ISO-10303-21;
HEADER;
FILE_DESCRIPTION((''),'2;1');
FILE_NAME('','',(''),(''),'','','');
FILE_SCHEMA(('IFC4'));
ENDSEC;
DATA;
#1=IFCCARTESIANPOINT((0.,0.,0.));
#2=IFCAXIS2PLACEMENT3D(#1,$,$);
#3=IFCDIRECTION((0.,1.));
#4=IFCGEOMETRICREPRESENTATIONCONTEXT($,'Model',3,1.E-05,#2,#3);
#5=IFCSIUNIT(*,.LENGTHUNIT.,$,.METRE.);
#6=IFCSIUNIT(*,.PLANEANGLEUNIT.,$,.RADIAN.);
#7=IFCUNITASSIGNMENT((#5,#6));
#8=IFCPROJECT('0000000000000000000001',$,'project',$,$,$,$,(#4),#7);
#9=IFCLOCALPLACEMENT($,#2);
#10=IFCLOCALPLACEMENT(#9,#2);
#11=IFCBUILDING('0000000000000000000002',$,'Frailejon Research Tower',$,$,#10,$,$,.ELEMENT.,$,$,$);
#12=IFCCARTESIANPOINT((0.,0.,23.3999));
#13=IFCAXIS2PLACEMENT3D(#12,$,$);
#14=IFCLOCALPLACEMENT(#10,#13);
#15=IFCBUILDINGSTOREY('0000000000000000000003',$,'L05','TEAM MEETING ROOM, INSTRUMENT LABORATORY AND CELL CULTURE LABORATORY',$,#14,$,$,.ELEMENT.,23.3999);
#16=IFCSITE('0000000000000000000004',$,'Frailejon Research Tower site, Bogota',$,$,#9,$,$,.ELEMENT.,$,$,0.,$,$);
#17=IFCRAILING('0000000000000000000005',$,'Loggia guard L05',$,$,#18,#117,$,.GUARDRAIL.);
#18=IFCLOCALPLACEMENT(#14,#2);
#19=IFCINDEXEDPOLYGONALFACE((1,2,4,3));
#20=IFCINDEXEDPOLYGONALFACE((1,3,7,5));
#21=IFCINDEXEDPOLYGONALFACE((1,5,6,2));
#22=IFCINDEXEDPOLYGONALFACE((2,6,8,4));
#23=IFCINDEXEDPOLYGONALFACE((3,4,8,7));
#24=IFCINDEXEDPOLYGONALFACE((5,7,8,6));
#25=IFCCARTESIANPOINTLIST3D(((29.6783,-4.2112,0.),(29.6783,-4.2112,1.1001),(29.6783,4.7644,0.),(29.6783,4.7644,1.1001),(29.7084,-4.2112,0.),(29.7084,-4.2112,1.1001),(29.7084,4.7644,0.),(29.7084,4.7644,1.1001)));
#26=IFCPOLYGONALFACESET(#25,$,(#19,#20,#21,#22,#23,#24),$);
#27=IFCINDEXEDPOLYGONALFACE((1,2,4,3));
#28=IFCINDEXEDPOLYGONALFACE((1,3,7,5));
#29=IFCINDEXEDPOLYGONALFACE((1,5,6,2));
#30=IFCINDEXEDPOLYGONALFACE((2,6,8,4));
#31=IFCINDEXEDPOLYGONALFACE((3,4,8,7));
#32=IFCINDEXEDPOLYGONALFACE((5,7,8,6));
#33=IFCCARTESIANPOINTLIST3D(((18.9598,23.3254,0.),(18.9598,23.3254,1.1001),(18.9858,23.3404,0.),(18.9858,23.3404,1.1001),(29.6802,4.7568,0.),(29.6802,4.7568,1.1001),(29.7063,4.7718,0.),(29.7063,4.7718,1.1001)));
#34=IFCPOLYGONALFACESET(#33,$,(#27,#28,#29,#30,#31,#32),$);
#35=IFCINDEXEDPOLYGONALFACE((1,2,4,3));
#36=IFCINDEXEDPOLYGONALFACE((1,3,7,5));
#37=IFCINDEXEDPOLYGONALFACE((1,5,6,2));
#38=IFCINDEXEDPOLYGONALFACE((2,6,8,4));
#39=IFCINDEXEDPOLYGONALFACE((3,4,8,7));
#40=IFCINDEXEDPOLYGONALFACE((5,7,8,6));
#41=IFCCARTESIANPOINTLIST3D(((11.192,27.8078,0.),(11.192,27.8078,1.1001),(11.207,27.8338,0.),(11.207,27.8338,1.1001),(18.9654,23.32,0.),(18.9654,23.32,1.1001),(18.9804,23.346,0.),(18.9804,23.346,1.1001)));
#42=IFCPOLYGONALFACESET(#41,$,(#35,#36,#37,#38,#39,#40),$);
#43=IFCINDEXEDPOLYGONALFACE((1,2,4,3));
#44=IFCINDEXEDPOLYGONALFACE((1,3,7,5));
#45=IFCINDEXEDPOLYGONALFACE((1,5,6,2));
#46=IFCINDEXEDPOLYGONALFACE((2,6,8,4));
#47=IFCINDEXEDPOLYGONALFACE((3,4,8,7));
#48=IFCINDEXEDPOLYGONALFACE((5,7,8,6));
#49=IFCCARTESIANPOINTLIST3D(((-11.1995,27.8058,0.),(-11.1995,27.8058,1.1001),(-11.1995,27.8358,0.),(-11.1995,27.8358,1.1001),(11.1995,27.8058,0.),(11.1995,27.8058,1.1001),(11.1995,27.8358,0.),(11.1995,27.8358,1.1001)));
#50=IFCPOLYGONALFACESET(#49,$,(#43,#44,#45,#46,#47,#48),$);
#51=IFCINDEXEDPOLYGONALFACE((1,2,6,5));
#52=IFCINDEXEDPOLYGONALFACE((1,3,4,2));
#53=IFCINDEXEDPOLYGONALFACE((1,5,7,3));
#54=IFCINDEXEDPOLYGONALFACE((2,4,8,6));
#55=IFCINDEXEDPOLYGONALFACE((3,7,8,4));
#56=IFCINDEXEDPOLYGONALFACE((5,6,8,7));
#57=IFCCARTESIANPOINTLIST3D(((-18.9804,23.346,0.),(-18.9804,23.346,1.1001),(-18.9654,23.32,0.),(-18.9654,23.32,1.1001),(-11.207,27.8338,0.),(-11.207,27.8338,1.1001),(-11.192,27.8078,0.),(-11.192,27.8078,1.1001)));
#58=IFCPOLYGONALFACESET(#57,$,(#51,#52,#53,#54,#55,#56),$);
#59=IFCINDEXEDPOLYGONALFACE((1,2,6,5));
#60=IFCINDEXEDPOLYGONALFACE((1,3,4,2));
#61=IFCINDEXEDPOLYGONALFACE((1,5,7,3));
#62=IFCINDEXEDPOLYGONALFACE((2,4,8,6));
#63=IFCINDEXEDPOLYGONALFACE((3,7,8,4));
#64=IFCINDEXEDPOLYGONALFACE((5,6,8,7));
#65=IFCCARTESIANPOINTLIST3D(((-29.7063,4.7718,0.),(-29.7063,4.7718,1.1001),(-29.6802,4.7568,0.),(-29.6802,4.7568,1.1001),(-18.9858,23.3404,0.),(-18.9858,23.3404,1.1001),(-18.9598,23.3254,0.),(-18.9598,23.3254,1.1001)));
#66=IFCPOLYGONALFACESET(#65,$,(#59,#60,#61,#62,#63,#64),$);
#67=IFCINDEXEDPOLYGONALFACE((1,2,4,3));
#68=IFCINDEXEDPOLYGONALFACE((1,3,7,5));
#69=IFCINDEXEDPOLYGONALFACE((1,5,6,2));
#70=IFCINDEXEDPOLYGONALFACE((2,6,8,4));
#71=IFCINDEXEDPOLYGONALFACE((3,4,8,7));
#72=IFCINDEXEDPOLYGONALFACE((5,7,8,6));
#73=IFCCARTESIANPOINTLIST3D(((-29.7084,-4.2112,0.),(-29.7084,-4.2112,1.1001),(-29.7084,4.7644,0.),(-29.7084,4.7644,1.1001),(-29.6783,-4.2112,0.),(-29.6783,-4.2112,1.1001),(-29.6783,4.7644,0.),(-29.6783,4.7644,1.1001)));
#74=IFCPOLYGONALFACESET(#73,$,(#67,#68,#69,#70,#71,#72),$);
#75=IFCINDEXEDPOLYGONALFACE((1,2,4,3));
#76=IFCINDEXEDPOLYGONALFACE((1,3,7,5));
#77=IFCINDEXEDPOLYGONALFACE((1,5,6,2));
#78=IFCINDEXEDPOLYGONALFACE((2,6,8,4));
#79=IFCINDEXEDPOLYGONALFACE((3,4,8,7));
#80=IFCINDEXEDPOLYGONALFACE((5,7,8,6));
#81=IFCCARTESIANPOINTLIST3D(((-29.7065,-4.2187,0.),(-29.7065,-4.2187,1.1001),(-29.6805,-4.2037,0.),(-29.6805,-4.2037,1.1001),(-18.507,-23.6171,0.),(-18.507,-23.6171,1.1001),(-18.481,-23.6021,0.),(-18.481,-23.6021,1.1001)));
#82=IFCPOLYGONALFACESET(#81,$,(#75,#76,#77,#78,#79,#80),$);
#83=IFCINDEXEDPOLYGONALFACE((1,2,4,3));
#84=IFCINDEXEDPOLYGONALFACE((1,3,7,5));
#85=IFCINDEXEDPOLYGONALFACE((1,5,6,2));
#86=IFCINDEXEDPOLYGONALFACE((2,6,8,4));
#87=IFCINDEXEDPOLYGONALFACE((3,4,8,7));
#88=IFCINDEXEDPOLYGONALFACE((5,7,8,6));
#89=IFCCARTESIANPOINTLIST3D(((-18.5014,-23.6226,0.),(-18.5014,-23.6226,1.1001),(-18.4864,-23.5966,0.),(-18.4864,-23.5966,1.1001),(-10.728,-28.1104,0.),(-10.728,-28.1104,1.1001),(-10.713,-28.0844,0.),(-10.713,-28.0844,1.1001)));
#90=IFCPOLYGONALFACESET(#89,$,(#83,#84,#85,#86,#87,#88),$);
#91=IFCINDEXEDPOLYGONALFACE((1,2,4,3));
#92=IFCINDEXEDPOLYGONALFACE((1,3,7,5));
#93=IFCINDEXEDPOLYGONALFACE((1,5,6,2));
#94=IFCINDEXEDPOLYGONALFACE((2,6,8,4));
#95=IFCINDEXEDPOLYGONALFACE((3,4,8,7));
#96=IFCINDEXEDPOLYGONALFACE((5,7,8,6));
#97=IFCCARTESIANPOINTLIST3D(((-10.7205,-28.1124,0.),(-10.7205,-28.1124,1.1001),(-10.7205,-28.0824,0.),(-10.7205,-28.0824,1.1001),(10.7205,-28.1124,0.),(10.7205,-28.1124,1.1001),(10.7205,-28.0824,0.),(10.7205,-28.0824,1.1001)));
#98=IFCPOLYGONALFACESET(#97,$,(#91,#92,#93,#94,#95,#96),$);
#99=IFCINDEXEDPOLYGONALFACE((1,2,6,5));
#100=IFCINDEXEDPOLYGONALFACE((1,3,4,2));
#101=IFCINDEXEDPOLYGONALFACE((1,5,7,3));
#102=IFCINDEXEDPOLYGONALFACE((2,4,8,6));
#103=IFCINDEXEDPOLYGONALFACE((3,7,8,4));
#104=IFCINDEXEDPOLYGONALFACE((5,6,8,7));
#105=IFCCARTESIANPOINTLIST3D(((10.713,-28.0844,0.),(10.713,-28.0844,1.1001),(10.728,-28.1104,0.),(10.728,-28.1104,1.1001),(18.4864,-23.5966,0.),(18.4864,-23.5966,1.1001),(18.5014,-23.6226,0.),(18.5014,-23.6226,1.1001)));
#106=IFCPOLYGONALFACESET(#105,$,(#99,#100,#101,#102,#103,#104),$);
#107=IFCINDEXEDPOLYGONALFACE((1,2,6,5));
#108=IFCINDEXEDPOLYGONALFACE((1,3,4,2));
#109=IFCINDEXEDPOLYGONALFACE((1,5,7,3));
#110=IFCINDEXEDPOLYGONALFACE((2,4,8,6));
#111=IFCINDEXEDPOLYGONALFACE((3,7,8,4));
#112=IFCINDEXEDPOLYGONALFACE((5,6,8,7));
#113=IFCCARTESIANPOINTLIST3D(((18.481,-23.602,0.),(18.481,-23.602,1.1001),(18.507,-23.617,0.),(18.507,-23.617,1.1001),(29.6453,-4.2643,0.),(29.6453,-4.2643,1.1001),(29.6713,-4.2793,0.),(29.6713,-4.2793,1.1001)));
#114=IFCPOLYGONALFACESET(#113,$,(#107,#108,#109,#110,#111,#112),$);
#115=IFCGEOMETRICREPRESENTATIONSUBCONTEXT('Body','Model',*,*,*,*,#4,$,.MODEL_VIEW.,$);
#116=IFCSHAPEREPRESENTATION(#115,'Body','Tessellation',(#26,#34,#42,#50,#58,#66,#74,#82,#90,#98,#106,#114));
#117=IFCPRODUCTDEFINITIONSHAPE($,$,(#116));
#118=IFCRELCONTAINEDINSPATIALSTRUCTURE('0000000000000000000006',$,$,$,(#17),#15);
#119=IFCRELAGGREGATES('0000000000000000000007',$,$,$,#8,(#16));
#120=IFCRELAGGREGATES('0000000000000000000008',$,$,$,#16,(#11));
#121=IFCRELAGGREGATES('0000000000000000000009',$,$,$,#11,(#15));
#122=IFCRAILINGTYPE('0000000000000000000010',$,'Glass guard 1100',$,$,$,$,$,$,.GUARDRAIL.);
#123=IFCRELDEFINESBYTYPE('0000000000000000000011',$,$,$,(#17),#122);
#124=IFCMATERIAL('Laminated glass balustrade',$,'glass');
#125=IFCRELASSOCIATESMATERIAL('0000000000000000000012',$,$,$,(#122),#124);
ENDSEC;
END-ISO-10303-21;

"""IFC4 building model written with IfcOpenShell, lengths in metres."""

from ifc_helpers import new_model, si_unit, direction, frame, origin, origin_2d, place, context, subcontext, project, spatial, rectangle, extrude, material, type_object, element, save


model = new_model("IFC4")

# Units and contexts
model_context = context("Model", 3, precision=1e-05, world=origin(), true_north=direction((0.0, 1.0)))
body_context = subcontext(model_context, "Body", "Model", "MODEL_VIEW")
ifc_project = project(units=[si_unit("LENGTHUNIT", "METRE"), si_unit("PLANEANGLEUNIT", "RADIAN")], contexts=[model_context])

# Site, building, storey
site_placement = place(None, origin())
site = spatial("IfcSite", under=ifc_project, at=site_placement, Name="Frailejon Research Tower site, Bogota", CompositionType="ELEMENT", RefElevation=0.0)
building_placement = place(site_placement, origin())
building = spatial("IfcBuilding", under=site, at=building_placement, Name="Frailejon Research Tower", CompositionType="ELEMENT")
storey_placement = place(building_placement, frame((0.0, 0.0, 23.3999)))
storey = spatial("IfcBuildingStorey", under=building, at=storey_placement, Name="L05", Description="TEAM MEETING ROOM, INSTRUMENT LABORATORY AND CELL CULTURE LABORATORY", CompositionType="ELEMENT", Elevation=23.3999)

# Railing
ifc_material_1 = material(Name="Laminated glass balustrade", Category="glass")
railing_type = type_object("IfcRailingType", Name="Glass guard 1100", PredefinedType="GUARDRAIL", material=ifc_material_1)
railing_placement = place(storey_placement, frame((29.6934, -4.2112, 0.0)))
element("IfcRailing", 1, at=railing_placement, inside=storey, type_object=railing_type, Name="Loggia guard L05", PredefinedType="GUARDRAIL", context=body_context, shape_type="SweptSolid", body=[
    extrude(rectangle(XDim=8.9756, YDim=0.03, at=origin_2d()), frame((0.0, 4.4878, 0.0), z_axis=(0.0, 0.0, 1.0), x_axis=(0.0, 1.0, 0.0)), (0.0, 0.0, 1.0), 1.1001),
    extrude(rectangle(XDim=21.4412, YDim=0.03, at=origin_2d()), frame((-5.3604, 18.2598, 0.0), z_axis=(0.0, 0.0, 1.0), x_axis=(-0.499995, 0.866028, 0.0)), (0.0, 0.0, 1.0), 1.1001),
    extrude(rectangle(XDim=8.9758, YDim=0.03, at=origin_2d()), frame((-14.6072, 29.7881, 0.0), z_axis=(0.0, 0.0, 1.0), x_axis=(-0.866035, 0.499983, 0.0)), (0.0, 0.0, 1.0), 1.1001),
    extrude(rectangle(XDim=22.3989, YDim=0.03, at=origin_2d()), frame((-29.6934, 32.032, 0.0), z_axis=(0.0, 0.0, 1.0), x_axis=(-1.0, 0.0, 0.0)), (0.0, 0.0, 1.0), 1.1001),
    extrude(rectangle(XDim=8.9758, YDim=0.03, at=origin_2d()), frame((-44.7795, 29.7881, 0.0), z_axis=(0.0, 0.0, 1.0), x_axis=(-0.866035, -0.499983, 0.0)), (0.0, 0.0, 1.0), 1.1001),
    extrude(rectangle(XDim=21.4412, YDim=0.03, at=origin_2d()), frame((-54.0264, 18.2598, 0.0), z_axis=(0.0, 0.0, 1.0), x_axis=(-0.499995, -0.866028, 0.0)), (0.0, 0.0, 1.0), 1.1001),
    extrude(rectangle(XDim=8.9756, YDim=0.03, at=origin_2d()), frame((-59.3867, 4.4878, 0.0), z_axis=(0.0, 0.0, 1.0), x_axis=(0.0, -1.0, 0.0)), (0.0, 0.0, 1.0), 1.1001),
    extrude(rectangle(XDim=22.3992, YDim=0.03, at=origin_2d()), frame((-53.7871, -9.6992, 0.0), z_axis=(0.0, 0.0, 1.0), x_axis=(0.499992, -0.86603, 0.0)), (0.0, 0.0, 1.0), 1.1001),
    extrude(rectangle(XDim=8.9758, YDim=0.03, at=origin_2d()), frame((-44.3005, -21.6423, 0.0), z_axis=(0.0, 0.0, 1.0), x_axis=(0.866035, -0.499983, 0.0)), (0.0, 0.0, 1.0), 1.1001),
    extrude(rectangle(XDim=21.4409, YDim=0.03, at=origin_2d()), frame((-29.6934, -23.8862, 0.0), z_axis=(0.0, 0.0, 1.0), x_axis=(1.0, 0.0, 0.0)), (0.0, 0.0, 1.0), 1.1001),
    extrude(rectangle(XDim=8.9758, YDim=0.03, at=origin_2d()), frame((-15.0862, -21.6423, 0.0), z_axis=(0.0, 0.0, 1.0), x_axis=(0.866035, 0.499983, 0.0)), (0.0, 0.0, 1.0), 1.1001),
    extrude(rectangle(XDim=22.3291, YDim=0.03, at=origin_2d()), frame((-5.6172, -9.7295, 0.0), z_axis=(0.0, 0.0, 1.0), x_axis=(0.49999, 0.866031, 0.0)), (0.0, 0.0, 1.0), 1.1001),
])

save(model, "model.ifc")
